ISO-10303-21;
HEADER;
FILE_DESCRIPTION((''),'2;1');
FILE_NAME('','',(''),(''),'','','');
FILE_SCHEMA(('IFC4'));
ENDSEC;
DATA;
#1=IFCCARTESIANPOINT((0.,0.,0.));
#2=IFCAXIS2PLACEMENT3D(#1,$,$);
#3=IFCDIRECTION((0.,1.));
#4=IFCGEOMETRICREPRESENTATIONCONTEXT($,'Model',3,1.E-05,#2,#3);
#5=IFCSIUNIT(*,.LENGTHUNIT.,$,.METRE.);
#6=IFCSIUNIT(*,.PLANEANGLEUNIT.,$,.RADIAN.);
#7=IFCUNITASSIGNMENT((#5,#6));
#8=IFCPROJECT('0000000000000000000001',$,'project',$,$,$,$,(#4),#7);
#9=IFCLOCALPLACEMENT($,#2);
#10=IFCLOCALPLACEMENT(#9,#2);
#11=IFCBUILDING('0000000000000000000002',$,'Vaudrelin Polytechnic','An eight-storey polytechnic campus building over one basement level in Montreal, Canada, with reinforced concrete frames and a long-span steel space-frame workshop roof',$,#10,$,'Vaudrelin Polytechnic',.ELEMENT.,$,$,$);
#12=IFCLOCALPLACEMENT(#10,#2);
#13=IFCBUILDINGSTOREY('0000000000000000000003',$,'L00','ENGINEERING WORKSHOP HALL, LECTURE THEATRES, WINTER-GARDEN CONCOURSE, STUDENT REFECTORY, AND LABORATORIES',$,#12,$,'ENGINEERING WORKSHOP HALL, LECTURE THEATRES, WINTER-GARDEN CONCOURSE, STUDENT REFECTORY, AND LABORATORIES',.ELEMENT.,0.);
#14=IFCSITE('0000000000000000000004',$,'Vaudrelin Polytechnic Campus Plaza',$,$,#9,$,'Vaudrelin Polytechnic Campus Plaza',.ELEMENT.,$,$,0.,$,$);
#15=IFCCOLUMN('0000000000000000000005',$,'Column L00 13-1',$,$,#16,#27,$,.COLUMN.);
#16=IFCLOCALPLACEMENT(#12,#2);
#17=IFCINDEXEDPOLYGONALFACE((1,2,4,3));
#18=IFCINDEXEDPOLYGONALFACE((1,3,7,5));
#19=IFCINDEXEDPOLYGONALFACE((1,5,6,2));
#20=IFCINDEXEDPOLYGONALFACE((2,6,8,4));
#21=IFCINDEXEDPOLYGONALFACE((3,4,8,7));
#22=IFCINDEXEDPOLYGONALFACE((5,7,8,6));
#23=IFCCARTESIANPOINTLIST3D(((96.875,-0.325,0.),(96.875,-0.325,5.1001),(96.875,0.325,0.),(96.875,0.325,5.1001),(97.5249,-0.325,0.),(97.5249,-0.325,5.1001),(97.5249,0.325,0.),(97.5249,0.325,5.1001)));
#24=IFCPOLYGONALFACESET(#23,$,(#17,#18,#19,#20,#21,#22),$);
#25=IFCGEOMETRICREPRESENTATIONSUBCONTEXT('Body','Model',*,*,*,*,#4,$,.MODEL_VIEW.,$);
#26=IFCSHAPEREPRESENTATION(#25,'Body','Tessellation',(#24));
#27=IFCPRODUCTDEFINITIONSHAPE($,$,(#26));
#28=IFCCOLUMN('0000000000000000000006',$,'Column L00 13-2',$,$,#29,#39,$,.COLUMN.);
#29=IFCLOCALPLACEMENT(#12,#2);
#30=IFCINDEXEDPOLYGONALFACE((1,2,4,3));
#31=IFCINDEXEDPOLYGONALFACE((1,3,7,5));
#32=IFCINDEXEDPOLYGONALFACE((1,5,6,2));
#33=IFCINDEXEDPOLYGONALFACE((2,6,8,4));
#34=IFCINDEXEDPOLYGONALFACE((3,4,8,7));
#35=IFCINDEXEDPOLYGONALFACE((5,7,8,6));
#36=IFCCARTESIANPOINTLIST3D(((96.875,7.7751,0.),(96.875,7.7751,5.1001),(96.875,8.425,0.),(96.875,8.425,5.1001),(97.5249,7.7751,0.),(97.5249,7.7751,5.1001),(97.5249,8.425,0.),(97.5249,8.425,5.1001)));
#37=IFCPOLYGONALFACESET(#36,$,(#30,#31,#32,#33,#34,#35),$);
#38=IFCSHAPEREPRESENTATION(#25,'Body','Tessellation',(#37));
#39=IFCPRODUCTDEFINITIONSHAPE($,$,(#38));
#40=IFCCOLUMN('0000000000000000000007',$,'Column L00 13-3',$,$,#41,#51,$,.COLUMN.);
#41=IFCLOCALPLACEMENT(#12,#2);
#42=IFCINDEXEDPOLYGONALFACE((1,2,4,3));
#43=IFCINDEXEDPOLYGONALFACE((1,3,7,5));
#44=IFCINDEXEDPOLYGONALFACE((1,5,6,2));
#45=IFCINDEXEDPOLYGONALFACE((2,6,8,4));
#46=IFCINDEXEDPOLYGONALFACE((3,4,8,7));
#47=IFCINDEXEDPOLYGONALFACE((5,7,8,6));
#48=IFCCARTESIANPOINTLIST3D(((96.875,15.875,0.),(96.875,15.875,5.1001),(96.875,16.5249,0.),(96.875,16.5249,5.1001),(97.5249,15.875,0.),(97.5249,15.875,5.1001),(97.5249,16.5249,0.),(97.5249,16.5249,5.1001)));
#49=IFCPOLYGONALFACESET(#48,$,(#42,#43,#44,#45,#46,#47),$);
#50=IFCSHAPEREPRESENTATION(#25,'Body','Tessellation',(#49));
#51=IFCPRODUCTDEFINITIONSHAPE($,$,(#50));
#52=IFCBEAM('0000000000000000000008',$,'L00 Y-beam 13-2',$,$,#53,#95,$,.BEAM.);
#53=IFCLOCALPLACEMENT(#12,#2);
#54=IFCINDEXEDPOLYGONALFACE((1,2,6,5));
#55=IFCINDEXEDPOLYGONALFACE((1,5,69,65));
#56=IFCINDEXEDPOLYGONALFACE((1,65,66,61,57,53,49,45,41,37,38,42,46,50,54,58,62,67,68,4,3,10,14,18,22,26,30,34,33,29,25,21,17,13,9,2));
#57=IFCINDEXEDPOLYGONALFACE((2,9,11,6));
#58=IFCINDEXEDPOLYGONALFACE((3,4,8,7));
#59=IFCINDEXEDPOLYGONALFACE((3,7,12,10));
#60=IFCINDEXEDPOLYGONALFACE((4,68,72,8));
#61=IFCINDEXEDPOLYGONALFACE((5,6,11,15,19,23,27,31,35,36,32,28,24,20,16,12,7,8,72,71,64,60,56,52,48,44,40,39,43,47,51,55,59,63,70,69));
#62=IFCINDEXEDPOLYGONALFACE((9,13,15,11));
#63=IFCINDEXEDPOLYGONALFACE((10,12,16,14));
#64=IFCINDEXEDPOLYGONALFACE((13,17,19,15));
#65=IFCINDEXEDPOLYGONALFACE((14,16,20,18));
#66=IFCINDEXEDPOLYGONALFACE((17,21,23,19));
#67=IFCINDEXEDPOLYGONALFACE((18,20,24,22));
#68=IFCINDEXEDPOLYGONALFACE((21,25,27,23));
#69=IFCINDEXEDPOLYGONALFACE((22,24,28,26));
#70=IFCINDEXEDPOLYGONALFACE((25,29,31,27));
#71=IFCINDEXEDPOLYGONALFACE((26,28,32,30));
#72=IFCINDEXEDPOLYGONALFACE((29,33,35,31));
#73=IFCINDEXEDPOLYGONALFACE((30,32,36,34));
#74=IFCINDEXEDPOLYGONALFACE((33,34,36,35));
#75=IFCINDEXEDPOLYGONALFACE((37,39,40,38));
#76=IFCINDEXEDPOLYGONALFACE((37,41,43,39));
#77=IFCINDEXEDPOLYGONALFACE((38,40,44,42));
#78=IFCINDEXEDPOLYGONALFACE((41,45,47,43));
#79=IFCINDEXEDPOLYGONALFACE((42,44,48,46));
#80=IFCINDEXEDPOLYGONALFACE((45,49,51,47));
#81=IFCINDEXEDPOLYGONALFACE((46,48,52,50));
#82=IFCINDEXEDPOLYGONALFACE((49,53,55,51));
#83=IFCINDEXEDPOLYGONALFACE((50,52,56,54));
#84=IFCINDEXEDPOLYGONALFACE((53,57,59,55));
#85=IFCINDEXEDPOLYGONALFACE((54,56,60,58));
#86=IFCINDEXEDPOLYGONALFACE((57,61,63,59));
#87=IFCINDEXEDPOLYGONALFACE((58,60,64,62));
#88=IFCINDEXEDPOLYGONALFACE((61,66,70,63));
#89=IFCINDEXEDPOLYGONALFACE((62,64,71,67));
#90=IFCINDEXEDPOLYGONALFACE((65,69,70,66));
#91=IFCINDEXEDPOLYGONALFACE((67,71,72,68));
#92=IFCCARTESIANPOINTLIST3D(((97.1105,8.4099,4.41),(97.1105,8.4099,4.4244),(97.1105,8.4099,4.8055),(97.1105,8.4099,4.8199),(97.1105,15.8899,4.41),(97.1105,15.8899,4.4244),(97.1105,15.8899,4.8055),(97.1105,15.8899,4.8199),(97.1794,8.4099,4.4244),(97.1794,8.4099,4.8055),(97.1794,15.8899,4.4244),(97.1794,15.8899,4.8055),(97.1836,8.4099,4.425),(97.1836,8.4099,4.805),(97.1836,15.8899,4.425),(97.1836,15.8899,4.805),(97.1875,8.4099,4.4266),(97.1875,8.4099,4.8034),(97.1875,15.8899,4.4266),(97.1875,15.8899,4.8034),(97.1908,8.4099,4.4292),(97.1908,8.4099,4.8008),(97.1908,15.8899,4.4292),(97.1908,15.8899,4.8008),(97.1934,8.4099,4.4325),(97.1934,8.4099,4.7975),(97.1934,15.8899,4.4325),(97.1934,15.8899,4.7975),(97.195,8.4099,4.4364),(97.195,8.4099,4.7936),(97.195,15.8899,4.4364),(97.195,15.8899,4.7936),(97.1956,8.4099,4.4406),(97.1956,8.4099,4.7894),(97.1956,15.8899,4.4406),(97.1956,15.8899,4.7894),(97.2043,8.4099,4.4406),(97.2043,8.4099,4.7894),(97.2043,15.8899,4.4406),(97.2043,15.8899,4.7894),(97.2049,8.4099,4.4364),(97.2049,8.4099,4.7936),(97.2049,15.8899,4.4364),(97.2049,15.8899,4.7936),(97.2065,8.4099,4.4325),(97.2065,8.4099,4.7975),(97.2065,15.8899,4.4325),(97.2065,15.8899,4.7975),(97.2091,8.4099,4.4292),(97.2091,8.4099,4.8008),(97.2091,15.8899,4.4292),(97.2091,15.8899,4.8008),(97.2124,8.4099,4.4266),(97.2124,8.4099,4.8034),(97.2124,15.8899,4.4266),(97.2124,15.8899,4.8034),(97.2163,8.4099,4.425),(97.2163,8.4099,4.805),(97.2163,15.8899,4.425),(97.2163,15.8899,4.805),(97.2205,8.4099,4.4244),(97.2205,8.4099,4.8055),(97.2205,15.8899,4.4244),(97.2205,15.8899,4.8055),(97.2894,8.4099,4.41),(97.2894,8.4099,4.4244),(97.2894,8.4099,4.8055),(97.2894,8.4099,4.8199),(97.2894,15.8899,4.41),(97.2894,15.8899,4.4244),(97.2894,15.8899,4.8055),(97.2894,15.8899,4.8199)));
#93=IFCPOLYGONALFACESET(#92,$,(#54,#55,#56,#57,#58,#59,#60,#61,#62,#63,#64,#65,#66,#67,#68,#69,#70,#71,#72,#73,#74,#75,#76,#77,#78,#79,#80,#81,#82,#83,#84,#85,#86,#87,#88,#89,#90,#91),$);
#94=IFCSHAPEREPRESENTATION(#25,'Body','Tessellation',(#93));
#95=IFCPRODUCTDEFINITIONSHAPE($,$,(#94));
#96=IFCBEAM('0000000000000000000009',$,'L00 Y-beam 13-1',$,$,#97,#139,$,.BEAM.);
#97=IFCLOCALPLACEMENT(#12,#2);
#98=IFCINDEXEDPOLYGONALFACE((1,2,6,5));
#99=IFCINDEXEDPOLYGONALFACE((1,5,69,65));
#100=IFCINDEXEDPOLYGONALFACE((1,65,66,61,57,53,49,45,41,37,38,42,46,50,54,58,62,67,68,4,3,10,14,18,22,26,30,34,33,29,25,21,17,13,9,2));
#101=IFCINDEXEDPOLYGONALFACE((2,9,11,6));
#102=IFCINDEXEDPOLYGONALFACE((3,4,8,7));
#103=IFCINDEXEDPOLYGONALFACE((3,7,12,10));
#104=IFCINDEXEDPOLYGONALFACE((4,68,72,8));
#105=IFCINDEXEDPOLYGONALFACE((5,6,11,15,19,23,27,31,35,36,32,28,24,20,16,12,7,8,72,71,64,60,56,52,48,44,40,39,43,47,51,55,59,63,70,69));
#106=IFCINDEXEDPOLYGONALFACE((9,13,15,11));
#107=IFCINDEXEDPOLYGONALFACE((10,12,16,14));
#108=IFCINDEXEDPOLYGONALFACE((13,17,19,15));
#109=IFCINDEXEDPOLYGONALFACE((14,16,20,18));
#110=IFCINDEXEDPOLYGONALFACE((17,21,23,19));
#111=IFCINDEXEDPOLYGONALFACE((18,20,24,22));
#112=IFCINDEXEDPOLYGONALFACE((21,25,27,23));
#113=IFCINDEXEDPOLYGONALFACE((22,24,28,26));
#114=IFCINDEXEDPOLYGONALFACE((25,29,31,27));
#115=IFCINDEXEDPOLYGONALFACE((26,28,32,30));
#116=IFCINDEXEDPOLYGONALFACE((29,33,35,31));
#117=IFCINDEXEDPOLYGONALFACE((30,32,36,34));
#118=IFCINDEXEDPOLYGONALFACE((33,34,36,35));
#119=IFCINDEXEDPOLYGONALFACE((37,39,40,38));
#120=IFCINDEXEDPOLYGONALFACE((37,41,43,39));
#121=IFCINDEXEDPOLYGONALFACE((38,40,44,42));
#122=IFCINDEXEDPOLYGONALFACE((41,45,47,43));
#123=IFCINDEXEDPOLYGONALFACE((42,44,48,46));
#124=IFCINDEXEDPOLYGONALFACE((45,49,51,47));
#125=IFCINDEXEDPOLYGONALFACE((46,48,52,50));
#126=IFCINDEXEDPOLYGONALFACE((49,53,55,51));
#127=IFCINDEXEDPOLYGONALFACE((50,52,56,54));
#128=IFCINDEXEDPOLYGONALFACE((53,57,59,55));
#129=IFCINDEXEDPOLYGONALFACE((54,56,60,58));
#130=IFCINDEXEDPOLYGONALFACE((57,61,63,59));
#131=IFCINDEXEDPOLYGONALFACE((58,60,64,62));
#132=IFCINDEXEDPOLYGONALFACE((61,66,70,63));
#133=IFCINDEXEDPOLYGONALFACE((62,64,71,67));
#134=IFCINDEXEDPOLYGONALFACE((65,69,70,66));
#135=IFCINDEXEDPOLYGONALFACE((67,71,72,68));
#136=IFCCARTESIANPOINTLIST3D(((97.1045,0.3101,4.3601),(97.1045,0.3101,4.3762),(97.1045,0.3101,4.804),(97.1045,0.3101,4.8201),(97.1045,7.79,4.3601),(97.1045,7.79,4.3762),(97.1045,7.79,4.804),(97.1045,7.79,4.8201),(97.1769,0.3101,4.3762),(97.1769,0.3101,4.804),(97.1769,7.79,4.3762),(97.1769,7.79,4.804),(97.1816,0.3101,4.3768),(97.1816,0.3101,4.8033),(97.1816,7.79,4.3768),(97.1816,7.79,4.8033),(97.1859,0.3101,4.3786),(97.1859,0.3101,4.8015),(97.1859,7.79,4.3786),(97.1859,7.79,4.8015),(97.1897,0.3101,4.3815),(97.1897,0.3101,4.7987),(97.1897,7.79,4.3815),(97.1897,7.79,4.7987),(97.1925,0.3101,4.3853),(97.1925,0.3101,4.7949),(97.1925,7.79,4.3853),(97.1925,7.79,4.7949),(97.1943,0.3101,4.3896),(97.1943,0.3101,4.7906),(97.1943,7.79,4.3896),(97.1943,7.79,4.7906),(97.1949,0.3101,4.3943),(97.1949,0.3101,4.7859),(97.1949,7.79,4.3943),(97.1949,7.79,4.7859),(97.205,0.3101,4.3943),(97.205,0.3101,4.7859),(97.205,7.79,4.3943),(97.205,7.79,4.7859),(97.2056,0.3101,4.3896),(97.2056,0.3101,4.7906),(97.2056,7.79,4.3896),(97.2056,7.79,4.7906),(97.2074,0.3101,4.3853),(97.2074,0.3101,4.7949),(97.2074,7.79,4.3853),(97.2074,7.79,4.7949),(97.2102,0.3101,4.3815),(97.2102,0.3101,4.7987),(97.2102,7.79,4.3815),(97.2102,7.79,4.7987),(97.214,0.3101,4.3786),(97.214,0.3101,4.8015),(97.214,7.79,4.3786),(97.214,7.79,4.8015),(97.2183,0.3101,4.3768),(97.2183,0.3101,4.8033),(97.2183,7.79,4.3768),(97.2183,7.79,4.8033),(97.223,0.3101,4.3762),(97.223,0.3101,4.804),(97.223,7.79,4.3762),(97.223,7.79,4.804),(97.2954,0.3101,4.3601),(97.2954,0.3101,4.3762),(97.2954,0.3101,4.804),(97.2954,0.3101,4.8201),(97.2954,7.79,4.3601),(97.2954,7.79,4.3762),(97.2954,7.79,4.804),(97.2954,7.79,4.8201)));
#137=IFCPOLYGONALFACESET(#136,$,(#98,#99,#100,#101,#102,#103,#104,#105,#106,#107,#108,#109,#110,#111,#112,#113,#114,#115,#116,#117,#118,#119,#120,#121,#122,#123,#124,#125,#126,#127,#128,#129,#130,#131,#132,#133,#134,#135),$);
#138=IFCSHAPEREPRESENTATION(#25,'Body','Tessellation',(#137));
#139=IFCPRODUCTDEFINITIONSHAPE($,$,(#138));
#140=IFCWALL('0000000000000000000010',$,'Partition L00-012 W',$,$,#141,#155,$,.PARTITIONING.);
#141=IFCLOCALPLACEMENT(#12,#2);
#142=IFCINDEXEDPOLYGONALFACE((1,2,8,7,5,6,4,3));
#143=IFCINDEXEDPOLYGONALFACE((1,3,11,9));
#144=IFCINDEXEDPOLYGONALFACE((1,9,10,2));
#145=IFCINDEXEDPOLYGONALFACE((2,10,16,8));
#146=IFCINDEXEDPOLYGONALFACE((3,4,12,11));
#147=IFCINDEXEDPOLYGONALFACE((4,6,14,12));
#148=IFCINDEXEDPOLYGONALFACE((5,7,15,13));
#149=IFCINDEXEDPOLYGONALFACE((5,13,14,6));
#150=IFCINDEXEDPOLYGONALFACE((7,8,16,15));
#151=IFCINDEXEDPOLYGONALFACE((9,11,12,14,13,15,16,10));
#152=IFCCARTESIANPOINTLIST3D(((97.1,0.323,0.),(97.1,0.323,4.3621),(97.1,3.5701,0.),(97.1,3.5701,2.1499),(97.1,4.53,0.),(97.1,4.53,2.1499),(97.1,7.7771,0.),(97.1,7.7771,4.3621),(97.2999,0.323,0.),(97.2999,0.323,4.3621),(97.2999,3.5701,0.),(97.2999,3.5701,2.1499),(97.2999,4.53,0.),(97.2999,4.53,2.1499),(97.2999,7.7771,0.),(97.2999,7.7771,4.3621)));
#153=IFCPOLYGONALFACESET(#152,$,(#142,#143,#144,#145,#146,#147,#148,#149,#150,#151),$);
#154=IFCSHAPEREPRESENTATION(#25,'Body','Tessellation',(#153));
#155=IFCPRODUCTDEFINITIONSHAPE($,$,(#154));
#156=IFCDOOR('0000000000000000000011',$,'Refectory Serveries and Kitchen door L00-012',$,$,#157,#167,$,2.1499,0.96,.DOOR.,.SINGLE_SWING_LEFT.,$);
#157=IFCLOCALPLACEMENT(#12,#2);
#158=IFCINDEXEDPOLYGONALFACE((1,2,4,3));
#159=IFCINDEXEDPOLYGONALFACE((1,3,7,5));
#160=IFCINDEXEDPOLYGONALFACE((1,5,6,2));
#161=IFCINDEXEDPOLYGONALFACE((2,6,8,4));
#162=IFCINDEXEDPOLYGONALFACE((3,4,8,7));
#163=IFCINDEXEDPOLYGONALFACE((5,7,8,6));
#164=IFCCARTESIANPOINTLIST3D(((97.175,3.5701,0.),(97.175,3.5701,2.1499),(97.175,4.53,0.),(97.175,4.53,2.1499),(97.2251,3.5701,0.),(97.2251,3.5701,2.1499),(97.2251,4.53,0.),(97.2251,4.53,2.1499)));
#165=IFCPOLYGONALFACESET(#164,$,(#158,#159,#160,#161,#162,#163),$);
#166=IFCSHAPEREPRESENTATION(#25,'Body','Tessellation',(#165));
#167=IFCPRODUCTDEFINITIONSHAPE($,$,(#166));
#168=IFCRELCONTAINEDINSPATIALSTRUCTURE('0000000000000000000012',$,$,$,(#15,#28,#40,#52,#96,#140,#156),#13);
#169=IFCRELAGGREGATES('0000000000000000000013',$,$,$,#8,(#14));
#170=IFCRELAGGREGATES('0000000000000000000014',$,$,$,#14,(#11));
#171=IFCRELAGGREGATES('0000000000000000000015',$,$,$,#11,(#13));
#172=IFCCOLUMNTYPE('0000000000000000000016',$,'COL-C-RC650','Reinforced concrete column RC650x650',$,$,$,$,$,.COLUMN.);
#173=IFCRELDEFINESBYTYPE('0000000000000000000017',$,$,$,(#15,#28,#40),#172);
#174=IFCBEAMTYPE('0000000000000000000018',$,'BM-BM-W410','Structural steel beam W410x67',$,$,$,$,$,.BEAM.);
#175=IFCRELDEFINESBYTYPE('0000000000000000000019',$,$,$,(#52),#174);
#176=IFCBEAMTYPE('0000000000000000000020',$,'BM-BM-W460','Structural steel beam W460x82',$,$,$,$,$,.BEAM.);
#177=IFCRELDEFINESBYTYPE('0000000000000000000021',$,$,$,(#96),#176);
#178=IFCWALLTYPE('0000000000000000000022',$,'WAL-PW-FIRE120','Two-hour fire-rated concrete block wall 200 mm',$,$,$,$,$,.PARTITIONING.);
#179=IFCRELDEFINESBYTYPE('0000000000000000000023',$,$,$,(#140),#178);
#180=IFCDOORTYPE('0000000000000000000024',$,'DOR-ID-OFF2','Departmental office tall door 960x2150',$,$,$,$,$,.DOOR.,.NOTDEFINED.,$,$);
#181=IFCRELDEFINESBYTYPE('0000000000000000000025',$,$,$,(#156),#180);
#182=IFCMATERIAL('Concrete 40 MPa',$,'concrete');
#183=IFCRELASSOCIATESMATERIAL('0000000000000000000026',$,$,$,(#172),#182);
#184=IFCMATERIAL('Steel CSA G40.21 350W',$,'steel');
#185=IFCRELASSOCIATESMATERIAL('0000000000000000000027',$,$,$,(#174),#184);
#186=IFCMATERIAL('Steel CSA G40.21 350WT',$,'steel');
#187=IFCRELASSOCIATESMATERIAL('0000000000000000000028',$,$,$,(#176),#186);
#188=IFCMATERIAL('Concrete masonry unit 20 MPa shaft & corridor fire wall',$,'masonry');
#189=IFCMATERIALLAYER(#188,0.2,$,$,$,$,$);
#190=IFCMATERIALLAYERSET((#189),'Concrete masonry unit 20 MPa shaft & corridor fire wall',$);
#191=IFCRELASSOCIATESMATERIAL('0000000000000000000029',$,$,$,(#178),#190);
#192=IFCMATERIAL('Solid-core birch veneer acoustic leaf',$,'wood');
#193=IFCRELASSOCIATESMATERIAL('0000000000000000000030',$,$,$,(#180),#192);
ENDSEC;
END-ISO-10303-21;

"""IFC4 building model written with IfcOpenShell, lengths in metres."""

from ifc_helpers import new_model, si_unit, direction, frame, frame_2d, origin, origin_2d, place, context, subcontext, project, spatial, rectangle, i_section, extrude, material, layer, layer_set, material_profile, profile_set, type_object, element, fill, save


model = new_model("IFC4")

# Units and contexts
model_context = context("Model", 3, precision=1e-05, world=origin(), true_north=direction((0.0, 1.0)))
body_context = subcontext(model_context, "Body", "Model", "MODEL_VIEW")
ifc_project = project(units=[si_unit("LENGTHUNIT", "METRE"), si_unit("PLANEANGLEUNIT", "RADIAN")], contexts=[model_context])

# Site, building, storey
site_placement = place(None, origin())
site = spatial("IfcSite", under=ifc_project, at=site_placement, Name="Vaudrelin Polytechnic Campus Plaza", LongName="Vaudrelin Polytechnic Campus Plaza", CompositionType="ELEMENT", RefElevation=0.0)
building_placement = place(site_placement, origin())
building = spatial("IfcBuilding", under=site, at=building_placement, Name="Vaudrelin Polytechnic", Description="An eight-storey polytechnic campus building over one basement level in Montreal, Canada, with reinforced concrete frames and a long-span steel space-frame workshop roof", LongName="Vaudrelin Polytechnic", CompositionType="ELEMENT")
storey_placement = place(building_placement, origin())
storey = spatial("IfcBuildingStorey", under=building, at=storey_placement, Name="L00", Description="ENGINEERING WORKSHOP HALL, LECTURE THEATRES, WINTER-GARDEN CONCOURSE, STUDENT REFECTORY, AND LABORATORIES", LongName="ENGINEERING WORKSHOP HALL, LECTURE THEATRES, WINTER-GARDEN CONCOURSE, STUDENT REFECTORY, AND LABORATORIES", CompositionType="ELEMENT", Elevation=0.0)

# Columns
ifc_material_1 = material(Name="Concrete 40 MPa", Category="concrete")
ifc_material_profile_1 = material_profile(ifc_material_1, rectangle(XDim=0.6499, YDim=0.6499, at=origin_2d()), Name="RC650x650")
ifc_profile_set_1 = profile_set([ifc_material_profile_1], Name="Concrete 40 MPa")
column_type = type_object("IfcColumnType", Name="COL-C-RC650", Description="Reinforced concrete column RC650x650", PredefinedType="COLUMN", material=ifc_profile_set_1)
for number, where, z_axis, x_axis, name in (
    (1, (97.2, 0.0, 0.0), (0.0, 0.0, 1.0), (1.0, 0.0, 0.0), "Column L00 13-1"),
    (2, (97.2, 8.1001, 0.0), (0.0, 0.0, 1.0), (1.0, 0.0, 0.0), "Column L00 13-2"),
    (3, (97.2, 16.2, 0.0), (0.0, 0.0, 1.0), (1.0, 0.0, 0.0), "Column L00 13-3"),
):
    element("IfcColumn", number, at=place(storey_placement, frame(where, z_axis=z_axis, x_axis=x_axis)), inside=storey, type_object=column_type, Name=name, PredefinedType="COLUMN", context=body_context, shape_type="SweptSolid", body=[
        extrude(rectangle(XDim=0.6499, YDim=0.6499, at=origin_2d()), origin(), (0.0, 0.0, 1.0), 5.1001),
    ])

# Beams
ifc_material_2 = material(Name="Steel CSA G40.21 350W", Category="steel")
ifc_material_profile_2 = material_profile(ifc_material_2, i_section(OverallWidth=0.179, OverallDepth=0.4099, WebThickness=0.0088, FlangeThickness=0.0144, FilletRadius=0.0161, at=origin_2d()), Name="W410x67")
ifc_profile_set_2 = profile_set([ifc_material_profile_2], Name="Steel CSA G40.21 350W")
beam_type_1 = type_object("IfcBeamType", Name="BM-BM-W410", Description="Structural steel beam W410x67", PredefinedType="BEAM", material=ifc_profile_set_2)
beam_1_placement = place(storey_placement, frame((97.2, 8.4099, 4.615), z_axis=(0.0, 1.0, 0.0), x_axis=(-1.0, 0.0, 0.0)))
element("IfcBeam", 4, at=beam_1_placement, inside=storey, type_object=beam_type_1, Name="L00 Y-beam 13-2", PredefinedType="BEAM", context=body_context, shape_type="SweptSolid", body=[
    extrude(i_section(OverallWidth=0.179, OverallDepth=0.4099, WebThickness=0.0088, FlangeThickness=0.0144, FilletRadius=0.0161, at=origin_2d()), origin(), (0.0, 0.0, 1.0), 7.48),
])
ifc_material_3 = material(Name="Steel CSA G40.21 350WT", Category="steel")
ifc_material_profile_3 = material_profile(ifc_material_3, i_section(OverallWidth=0.1909, OverallDepth=0.46, WebThickness=0.01, FlangeThickness=0.0161, FilletRadius=0.0181, at=origin_2d()), Name="W460x82")
ifc_profile_set_3 = profile_set([ifc_material_profile_3], Name="Steel CSA G40.21 350WT")
beam_type_2 = type_object("IfcBeamType", Name="BM-BM-W460", Description="Structural steel beam W460x82", PredefinedType="BEAM", material=ifc_profile_set_3)
beam_2_placement = place(storey_placement, frame((97.2, 0.3101, 4.5901), z_axis=(0.0, 1.0, 0.0), x_axis=(-1.0, 0.0, 0.0)))
element("IfcBeam", 5, at=beam_2_placement, inside=storey, type_object=beam_type_2, Name="L00 Y-beam 13-1", PredefinedType="BEAM", context=body_context, shape_type="SweptSolid", body=[
    extrude(i_section(OverallWidth=0.1909, OverallDepth=0.46, WebThickness=0.01, FlangeThickness=0.0161, FilletRadius=0.0181, at=origin_2d()), origin(), (0.0, 0.0, 1.0), 7.48),
])

# Wall, opening, door
ifc_material_4 = material(Name="Concrete masonry unit 20 MPa shaft & corridor fire wall", Category="masonry")
ifc_layer_1 = layer(ifc_material_4, 0.2)
ifc_layer_set_1 = layer_set([ifc_layer_1], Name="Concrete masonry unit 20 MPa shaft & corridor fire wall")
wall_type_1 = type_object("IfcWallType", Name="WAL-PW-FIRE120", Description="Two-hour fire-rated concrete block wall 200 mm", PredefinedType="PARTITIONING", material=ifc_layer_set_1)
wall_1_placement = place(storey_placement, frame((97.2, 0.323, 0.0), z_axis=(0.0, 0.0, 1.0), x_axis=(0.0, 1.0, 0.0)))
wall_1 = element("IfcWall", 6, at=wall_1_placement, inside=storey, type_object=wall_type_1, Name="Partition L00-012 W", PredefinedType="PARTITIONING", context=body_context, shape_type="SweptSolid", body=[
    extrude(rectangle(XDim=7.4541, YDim=0.2, at=frame_2d((3.7271, 0.0))), origin(), (0.0, 0.0, 1.0), 4.3621),
])
opening_1_placement = place(wall_1_placement, frame((3.2471, 0.0, 0.0)))
opening_1 = element("IfcOpeningElement", 7, at=opening_1_placement, cuts=wall_1, PredefinedType="OPENING", context=body_context, shape_type="SweptSolid", body=[
    extrude(rectangle(XDim=0.96, YDim=2.1499, at=frame_2d((0.48, 1.075))), frame((0.0, 0.1099, 0.0), z_axis=(0.0, -1.0, 0.0), x_axis=(1.0, 0.0, 0.0)), (0.0, 0.0, 1.0), 0.22),
])
ifc_material_5 = material(Name="Solid-core birch veneer acoustic leaf", Category="wood")
door_type_1 = type_object("IfcDoorType", Name="DOR-ID-OFF2", Description="Departmental office tall door 960x2150", OperationType="NOTDEFINED", PredefinedType="DOOR", material=ifc_material_5)
door_1_placement = place(opening_1_placement, origin())
door_1 = element("IfcDoor", 8, at=door_1_placement, inside=storey, type_object=door_type_1, Name="Refectory Serveries and Kitchen door L00-012", OperationType="SINGLE_SWING_LEFT", OverallHeight=2.1499, OverallWidth=0.96, PredefinedType="DOOR", context=body_context, shape_type="SweptSolid", body=[
    extrude(rectangle(XDim=0.96, YDim=2.1499, at=frame_2d((0.48, 1.075))), frame((0.0, 0.0249, 0.0), z_axis=(0.0, -1.0, 0.0), x_axis=(1.0, 0.0, 0.0)), (0.0, 0.0, 1.0), 0.05),
])
fill(opening_1, door_1)

save(model, "model.ifc")
